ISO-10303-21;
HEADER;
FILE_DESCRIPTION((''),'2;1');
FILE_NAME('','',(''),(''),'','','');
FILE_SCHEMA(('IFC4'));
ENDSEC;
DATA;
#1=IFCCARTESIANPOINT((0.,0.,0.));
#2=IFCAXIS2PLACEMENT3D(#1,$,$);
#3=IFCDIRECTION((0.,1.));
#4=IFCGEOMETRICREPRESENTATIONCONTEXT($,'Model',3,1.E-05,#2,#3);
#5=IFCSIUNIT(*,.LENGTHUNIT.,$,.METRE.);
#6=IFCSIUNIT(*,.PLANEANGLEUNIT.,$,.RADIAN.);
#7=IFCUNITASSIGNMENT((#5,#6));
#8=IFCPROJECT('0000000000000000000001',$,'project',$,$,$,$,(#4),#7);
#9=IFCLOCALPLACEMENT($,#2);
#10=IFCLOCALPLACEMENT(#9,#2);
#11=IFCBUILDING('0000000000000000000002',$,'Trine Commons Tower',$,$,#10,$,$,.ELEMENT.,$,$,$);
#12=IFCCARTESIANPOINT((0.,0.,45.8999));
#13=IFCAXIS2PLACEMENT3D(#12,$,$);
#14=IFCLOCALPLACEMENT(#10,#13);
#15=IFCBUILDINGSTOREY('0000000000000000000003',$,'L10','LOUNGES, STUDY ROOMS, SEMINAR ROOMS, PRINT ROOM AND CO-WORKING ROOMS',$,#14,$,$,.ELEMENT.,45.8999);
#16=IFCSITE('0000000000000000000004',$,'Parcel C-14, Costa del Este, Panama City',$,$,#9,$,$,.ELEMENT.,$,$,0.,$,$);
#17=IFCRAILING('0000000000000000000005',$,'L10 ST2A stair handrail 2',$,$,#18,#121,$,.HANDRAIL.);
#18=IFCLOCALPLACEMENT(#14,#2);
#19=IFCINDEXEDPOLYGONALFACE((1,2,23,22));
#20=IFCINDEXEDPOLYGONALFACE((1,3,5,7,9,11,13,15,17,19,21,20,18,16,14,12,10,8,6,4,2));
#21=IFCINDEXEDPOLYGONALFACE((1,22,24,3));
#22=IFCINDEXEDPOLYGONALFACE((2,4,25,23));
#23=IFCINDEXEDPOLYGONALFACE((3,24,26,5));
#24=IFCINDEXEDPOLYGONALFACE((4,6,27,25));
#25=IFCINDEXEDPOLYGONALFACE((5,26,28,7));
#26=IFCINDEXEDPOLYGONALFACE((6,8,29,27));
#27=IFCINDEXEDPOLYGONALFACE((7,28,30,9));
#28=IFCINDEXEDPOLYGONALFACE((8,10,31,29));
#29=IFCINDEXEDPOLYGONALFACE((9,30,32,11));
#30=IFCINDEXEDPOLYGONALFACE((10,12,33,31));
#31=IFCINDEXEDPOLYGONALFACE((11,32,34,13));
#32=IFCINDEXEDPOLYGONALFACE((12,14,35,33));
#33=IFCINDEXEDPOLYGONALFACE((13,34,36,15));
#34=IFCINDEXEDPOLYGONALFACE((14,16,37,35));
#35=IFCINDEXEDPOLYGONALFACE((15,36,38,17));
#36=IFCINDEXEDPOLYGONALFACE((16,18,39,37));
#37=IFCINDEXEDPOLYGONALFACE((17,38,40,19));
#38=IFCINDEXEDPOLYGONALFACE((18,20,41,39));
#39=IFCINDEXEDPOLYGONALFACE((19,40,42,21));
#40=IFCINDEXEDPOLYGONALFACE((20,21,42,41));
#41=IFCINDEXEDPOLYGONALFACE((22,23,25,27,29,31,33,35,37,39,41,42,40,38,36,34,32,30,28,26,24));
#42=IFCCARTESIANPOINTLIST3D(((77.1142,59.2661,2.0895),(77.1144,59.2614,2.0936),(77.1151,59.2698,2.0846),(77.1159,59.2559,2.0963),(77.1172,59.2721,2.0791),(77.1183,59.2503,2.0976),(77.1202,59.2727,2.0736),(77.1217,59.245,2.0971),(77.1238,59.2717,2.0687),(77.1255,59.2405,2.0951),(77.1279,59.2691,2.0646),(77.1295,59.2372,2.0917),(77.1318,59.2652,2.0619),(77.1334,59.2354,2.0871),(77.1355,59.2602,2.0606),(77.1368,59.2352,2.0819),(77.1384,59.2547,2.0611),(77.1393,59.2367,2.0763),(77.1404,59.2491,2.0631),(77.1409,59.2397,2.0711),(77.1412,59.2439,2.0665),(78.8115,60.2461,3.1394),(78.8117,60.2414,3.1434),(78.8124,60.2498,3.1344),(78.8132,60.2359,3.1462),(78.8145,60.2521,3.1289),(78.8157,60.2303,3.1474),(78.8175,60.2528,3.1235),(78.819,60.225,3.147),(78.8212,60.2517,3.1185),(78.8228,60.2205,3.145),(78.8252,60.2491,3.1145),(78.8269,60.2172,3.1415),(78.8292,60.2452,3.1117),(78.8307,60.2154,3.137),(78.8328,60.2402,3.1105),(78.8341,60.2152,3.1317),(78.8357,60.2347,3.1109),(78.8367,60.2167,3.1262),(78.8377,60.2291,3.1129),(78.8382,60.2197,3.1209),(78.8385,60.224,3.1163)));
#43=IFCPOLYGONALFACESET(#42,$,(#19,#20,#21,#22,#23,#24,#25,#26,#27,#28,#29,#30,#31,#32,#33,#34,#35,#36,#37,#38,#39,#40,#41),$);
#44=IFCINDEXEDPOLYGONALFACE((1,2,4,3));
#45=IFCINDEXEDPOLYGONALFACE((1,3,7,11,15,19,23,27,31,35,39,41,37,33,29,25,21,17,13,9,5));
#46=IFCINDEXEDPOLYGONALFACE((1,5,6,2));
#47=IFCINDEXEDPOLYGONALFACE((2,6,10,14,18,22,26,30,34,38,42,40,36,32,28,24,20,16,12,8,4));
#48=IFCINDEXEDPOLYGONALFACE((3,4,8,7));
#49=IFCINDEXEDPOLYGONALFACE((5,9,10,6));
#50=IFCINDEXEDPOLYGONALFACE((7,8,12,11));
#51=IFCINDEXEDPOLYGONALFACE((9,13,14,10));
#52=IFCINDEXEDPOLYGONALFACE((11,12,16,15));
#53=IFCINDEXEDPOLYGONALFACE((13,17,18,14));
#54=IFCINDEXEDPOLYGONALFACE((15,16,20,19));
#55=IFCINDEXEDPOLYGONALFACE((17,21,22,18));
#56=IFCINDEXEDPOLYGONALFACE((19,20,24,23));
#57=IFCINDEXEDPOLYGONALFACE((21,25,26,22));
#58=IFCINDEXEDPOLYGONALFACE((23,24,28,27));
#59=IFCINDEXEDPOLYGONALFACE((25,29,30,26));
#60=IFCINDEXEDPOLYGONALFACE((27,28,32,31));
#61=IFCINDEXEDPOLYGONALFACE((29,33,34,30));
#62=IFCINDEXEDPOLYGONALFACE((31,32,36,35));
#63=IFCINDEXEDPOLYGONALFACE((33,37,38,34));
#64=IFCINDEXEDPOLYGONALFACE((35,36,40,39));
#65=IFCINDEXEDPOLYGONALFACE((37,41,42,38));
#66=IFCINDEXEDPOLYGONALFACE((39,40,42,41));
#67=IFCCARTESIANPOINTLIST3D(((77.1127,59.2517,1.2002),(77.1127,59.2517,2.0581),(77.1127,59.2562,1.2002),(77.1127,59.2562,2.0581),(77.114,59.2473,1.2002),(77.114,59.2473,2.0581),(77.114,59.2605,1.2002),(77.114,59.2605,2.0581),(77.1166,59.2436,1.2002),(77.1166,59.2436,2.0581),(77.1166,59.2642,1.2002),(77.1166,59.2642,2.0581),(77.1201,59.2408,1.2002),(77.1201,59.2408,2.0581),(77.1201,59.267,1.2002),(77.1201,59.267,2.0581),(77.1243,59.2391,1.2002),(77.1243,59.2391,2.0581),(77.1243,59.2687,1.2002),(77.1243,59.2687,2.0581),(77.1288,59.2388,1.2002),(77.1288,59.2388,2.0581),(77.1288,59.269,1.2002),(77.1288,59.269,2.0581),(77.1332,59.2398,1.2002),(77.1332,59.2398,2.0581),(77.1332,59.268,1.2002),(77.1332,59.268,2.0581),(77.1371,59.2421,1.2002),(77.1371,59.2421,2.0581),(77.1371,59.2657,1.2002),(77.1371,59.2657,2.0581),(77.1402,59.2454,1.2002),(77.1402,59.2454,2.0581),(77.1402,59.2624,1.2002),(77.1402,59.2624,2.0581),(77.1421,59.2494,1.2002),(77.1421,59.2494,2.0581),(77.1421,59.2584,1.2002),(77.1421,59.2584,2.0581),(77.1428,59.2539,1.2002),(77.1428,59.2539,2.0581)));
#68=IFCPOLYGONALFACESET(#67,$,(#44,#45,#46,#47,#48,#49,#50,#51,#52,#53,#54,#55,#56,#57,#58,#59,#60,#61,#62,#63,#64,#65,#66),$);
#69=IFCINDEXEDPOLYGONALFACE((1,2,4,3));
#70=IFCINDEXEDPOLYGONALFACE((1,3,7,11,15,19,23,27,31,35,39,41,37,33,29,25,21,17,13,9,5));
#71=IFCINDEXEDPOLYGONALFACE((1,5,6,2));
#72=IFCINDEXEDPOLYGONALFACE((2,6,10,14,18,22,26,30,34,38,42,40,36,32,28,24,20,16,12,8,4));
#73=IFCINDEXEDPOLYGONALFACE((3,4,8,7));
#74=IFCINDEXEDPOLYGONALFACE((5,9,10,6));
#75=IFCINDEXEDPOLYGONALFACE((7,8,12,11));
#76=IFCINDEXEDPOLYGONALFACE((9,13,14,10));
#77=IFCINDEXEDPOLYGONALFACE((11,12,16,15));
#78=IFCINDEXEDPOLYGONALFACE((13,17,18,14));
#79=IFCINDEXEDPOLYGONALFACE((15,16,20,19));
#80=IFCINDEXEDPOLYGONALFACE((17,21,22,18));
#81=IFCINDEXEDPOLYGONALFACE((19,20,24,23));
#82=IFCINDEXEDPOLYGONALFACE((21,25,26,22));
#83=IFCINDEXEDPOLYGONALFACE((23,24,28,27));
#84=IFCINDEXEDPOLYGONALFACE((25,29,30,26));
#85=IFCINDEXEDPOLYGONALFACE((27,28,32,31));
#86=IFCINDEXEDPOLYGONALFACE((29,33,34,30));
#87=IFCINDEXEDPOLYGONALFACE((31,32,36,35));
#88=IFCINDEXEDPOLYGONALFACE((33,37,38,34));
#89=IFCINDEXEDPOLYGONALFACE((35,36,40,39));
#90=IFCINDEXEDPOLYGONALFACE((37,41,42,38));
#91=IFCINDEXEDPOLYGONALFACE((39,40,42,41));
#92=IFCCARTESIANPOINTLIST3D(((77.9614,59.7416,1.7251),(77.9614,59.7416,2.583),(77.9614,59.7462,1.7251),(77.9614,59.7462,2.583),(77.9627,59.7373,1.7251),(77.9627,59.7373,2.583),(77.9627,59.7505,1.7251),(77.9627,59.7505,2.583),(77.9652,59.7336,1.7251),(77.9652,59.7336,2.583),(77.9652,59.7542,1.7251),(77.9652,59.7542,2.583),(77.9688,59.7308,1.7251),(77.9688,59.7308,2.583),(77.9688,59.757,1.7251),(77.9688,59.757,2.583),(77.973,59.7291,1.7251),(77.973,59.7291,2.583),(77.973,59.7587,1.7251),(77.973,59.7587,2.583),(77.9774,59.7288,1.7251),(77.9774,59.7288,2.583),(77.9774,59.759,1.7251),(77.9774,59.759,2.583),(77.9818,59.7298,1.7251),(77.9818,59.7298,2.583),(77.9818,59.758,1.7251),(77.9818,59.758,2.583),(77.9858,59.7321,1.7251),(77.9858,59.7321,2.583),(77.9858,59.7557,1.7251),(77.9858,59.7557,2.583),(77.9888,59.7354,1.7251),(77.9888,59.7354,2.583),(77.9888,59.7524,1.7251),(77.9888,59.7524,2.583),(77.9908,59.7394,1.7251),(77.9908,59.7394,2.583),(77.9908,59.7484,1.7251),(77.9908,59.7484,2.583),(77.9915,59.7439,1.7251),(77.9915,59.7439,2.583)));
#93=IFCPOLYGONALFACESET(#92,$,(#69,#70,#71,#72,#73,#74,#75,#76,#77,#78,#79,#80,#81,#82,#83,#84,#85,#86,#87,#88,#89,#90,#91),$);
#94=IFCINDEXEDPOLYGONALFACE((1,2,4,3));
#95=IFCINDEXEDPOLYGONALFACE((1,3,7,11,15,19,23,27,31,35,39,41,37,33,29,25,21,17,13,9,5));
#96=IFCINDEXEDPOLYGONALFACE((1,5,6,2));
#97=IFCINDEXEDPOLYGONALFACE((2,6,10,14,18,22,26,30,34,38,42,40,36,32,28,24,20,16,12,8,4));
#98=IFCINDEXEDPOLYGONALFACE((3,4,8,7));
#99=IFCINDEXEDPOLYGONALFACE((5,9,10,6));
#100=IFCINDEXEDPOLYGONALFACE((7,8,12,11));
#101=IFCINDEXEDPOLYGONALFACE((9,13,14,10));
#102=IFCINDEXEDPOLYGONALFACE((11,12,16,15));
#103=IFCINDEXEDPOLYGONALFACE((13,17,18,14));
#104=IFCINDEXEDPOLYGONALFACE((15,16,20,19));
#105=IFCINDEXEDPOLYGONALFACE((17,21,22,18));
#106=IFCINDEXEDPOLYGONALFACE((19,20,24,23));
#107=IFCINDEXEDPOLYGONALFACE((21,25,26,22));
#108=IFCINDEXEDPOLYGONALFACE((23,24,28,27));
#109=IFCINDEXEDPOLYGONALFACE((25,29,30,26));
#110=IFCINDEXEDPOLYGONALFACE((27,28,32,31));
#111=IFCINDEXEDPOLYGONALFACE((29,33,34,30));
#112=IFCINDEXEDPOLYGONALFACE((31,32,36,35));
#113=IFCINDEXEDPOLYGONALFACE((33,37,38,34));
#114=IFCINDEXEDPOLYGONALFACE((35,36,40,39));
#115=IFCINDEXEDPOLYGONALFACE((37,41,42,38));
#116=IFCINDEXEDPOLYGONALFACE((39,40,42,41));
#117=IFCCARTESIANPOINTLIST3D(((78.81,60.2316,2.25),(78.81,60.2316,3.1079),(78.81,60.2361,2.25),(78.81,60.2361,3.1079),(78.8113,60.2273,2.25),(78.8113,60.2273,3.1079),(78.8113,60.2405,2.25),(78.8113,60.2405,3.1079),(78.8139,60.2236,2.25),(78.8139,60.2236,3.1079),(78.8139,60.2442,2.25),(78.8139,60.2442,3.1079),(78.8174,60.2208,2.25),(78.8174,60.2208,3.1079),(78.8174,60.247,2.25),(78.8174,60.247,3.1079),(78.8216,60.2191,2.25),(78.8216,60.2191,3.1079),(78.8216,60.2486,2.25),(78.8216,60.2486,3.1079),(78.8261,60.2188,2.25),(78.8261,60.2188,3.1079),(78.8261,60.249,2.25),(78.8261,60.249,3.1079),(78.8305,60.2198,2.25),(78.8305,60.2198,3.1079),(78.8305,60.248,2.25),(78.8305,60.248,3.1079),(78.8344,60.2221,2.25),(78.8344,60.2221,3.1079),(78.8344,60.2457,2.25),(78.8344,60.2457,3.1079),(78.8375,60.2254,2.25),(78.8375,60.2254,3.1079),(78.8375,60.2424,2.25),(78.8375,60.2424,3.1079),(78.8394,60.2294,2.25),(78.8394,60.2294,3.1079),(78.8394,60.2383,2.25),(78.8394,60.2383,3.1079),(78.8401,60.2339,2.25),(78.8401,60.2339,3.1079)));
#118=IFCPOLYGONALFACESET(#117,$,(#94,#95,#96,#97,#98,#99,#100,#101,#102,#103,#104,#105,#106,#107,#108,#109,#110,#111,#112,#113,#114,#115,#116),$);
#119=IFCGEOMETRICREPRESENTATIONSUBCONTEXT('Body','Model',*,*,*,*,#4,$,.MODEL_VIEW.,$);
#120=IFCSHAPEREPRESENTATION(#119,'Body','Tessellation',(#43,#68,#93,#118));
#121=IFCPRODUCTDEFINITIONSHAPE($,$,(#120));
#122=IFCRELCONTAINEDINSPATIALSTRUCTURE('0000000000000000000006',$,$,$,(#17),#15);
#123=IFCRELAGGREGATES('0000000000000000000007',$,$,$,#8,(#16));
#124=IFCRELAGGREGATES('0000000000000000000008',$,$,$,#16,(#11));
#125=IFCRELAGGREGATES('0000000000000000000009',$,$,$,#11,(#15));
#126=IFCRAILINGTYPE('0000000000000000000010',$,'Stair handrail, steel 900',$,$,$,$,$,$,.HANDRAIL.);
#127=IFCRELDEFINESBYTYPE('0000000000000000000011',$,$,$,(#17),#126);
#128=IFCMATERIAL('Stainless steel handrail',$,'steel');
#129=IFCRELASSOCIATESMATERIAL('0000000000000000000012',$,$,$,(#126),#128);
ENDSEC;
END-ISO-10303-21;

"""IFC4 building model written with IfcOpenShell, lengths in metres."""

from ifc_helpers import new_model, si_unit, direction, frame, origin, origin_2d, place, context, subcontext, project, spatial, circle, extrude, material, type_object, element, save


model = new_model("IFC4")

# Units and contexts
model_context = context("Model", 3, precision=1e-05, world=origin(), true_north=direction((0.0, 1.0)))
body_context = subcontext(model_context, "Body", "Model", "MODEL_VIEW")
ifc_project = project(units=[si_unit("LENGTHUNIT", "METRE"), si_unit("PLANEANGLEUNIT", "RADIAN")], contexts=[model_context])

# Site, building, storey
site_placement = place(None, origin())
site = spatial("IfcSite", under=ifc_project, at=site_placement, Name="Parcel C-14, Costa del Este, Panama City", CompositionType="ELEMENT", RefElevation=0.0)
building_placement = place(site_placement, origin())
building = spatial("IfcBuilding", under=site, at=building_placement, Name="Trine Commons Tower", CompositionType="ELEMENT")
storey_placement = place(building_placement, frame((0.0, 0.0, 45.8999)))
storey = spatial("IfcBuildingStorey", under=building, at=storey_placement, Name="L10", Description="LOUNGES, STUDY ROOMS, SEMINAR ROOMS, PRINT ROOM AND CO-WORKING ROOMS", CompositionType="ELEMENT", Elevation=45.8999)

# Railing
ifc_material_1 = material(Name="Stainless steel handrail", Category="steel")
railing_type_1 = type_object("IfcRailingType", Name="Stair handrail, steel 900", PredefinedType="HANDRAIL", material=ifc_material_1)
railing_1_placement = place(storey_placement, frame((77.1277, 59.2539, 1.2002)))
element("IfcRailing", 1, at=railing_1_placement, inside=storey, type_object=railing_type_1, Name="L10 ST2A stair handrail 2", PredefinedType="HANDRAIL", context=body_context, shape_type="SweptSolid", body=[
    extrude(circle(Radius=0.021, at=origin_2d()), frame((0.0, 0.0, 0.8789), z_axis=(0.763392, 0.440773, 0.472178), x_axis=(-0.500024, 0.866011, 0.0)), (0.0, 0.0, 1.0), 2.2234),
    extrude(circle(Radius=0.0151, at=origin_2d()), origin(), (0.0, 0.0, 1.0), 0.8579),
    extrude(circle(Radius=0.0151, at=origin_2d()), frame((0.8486, 0.49, 0.5249)), (0.0, 0.0, 1.0), 0.8579),
    extrude(circle(Radius=0.0151, at=origin_2d()), frame((1.6973, 0.98, 1.0498)), (0.0, 0.0, 1.0), 0.8579),
])

save(model, "model.ifc")
